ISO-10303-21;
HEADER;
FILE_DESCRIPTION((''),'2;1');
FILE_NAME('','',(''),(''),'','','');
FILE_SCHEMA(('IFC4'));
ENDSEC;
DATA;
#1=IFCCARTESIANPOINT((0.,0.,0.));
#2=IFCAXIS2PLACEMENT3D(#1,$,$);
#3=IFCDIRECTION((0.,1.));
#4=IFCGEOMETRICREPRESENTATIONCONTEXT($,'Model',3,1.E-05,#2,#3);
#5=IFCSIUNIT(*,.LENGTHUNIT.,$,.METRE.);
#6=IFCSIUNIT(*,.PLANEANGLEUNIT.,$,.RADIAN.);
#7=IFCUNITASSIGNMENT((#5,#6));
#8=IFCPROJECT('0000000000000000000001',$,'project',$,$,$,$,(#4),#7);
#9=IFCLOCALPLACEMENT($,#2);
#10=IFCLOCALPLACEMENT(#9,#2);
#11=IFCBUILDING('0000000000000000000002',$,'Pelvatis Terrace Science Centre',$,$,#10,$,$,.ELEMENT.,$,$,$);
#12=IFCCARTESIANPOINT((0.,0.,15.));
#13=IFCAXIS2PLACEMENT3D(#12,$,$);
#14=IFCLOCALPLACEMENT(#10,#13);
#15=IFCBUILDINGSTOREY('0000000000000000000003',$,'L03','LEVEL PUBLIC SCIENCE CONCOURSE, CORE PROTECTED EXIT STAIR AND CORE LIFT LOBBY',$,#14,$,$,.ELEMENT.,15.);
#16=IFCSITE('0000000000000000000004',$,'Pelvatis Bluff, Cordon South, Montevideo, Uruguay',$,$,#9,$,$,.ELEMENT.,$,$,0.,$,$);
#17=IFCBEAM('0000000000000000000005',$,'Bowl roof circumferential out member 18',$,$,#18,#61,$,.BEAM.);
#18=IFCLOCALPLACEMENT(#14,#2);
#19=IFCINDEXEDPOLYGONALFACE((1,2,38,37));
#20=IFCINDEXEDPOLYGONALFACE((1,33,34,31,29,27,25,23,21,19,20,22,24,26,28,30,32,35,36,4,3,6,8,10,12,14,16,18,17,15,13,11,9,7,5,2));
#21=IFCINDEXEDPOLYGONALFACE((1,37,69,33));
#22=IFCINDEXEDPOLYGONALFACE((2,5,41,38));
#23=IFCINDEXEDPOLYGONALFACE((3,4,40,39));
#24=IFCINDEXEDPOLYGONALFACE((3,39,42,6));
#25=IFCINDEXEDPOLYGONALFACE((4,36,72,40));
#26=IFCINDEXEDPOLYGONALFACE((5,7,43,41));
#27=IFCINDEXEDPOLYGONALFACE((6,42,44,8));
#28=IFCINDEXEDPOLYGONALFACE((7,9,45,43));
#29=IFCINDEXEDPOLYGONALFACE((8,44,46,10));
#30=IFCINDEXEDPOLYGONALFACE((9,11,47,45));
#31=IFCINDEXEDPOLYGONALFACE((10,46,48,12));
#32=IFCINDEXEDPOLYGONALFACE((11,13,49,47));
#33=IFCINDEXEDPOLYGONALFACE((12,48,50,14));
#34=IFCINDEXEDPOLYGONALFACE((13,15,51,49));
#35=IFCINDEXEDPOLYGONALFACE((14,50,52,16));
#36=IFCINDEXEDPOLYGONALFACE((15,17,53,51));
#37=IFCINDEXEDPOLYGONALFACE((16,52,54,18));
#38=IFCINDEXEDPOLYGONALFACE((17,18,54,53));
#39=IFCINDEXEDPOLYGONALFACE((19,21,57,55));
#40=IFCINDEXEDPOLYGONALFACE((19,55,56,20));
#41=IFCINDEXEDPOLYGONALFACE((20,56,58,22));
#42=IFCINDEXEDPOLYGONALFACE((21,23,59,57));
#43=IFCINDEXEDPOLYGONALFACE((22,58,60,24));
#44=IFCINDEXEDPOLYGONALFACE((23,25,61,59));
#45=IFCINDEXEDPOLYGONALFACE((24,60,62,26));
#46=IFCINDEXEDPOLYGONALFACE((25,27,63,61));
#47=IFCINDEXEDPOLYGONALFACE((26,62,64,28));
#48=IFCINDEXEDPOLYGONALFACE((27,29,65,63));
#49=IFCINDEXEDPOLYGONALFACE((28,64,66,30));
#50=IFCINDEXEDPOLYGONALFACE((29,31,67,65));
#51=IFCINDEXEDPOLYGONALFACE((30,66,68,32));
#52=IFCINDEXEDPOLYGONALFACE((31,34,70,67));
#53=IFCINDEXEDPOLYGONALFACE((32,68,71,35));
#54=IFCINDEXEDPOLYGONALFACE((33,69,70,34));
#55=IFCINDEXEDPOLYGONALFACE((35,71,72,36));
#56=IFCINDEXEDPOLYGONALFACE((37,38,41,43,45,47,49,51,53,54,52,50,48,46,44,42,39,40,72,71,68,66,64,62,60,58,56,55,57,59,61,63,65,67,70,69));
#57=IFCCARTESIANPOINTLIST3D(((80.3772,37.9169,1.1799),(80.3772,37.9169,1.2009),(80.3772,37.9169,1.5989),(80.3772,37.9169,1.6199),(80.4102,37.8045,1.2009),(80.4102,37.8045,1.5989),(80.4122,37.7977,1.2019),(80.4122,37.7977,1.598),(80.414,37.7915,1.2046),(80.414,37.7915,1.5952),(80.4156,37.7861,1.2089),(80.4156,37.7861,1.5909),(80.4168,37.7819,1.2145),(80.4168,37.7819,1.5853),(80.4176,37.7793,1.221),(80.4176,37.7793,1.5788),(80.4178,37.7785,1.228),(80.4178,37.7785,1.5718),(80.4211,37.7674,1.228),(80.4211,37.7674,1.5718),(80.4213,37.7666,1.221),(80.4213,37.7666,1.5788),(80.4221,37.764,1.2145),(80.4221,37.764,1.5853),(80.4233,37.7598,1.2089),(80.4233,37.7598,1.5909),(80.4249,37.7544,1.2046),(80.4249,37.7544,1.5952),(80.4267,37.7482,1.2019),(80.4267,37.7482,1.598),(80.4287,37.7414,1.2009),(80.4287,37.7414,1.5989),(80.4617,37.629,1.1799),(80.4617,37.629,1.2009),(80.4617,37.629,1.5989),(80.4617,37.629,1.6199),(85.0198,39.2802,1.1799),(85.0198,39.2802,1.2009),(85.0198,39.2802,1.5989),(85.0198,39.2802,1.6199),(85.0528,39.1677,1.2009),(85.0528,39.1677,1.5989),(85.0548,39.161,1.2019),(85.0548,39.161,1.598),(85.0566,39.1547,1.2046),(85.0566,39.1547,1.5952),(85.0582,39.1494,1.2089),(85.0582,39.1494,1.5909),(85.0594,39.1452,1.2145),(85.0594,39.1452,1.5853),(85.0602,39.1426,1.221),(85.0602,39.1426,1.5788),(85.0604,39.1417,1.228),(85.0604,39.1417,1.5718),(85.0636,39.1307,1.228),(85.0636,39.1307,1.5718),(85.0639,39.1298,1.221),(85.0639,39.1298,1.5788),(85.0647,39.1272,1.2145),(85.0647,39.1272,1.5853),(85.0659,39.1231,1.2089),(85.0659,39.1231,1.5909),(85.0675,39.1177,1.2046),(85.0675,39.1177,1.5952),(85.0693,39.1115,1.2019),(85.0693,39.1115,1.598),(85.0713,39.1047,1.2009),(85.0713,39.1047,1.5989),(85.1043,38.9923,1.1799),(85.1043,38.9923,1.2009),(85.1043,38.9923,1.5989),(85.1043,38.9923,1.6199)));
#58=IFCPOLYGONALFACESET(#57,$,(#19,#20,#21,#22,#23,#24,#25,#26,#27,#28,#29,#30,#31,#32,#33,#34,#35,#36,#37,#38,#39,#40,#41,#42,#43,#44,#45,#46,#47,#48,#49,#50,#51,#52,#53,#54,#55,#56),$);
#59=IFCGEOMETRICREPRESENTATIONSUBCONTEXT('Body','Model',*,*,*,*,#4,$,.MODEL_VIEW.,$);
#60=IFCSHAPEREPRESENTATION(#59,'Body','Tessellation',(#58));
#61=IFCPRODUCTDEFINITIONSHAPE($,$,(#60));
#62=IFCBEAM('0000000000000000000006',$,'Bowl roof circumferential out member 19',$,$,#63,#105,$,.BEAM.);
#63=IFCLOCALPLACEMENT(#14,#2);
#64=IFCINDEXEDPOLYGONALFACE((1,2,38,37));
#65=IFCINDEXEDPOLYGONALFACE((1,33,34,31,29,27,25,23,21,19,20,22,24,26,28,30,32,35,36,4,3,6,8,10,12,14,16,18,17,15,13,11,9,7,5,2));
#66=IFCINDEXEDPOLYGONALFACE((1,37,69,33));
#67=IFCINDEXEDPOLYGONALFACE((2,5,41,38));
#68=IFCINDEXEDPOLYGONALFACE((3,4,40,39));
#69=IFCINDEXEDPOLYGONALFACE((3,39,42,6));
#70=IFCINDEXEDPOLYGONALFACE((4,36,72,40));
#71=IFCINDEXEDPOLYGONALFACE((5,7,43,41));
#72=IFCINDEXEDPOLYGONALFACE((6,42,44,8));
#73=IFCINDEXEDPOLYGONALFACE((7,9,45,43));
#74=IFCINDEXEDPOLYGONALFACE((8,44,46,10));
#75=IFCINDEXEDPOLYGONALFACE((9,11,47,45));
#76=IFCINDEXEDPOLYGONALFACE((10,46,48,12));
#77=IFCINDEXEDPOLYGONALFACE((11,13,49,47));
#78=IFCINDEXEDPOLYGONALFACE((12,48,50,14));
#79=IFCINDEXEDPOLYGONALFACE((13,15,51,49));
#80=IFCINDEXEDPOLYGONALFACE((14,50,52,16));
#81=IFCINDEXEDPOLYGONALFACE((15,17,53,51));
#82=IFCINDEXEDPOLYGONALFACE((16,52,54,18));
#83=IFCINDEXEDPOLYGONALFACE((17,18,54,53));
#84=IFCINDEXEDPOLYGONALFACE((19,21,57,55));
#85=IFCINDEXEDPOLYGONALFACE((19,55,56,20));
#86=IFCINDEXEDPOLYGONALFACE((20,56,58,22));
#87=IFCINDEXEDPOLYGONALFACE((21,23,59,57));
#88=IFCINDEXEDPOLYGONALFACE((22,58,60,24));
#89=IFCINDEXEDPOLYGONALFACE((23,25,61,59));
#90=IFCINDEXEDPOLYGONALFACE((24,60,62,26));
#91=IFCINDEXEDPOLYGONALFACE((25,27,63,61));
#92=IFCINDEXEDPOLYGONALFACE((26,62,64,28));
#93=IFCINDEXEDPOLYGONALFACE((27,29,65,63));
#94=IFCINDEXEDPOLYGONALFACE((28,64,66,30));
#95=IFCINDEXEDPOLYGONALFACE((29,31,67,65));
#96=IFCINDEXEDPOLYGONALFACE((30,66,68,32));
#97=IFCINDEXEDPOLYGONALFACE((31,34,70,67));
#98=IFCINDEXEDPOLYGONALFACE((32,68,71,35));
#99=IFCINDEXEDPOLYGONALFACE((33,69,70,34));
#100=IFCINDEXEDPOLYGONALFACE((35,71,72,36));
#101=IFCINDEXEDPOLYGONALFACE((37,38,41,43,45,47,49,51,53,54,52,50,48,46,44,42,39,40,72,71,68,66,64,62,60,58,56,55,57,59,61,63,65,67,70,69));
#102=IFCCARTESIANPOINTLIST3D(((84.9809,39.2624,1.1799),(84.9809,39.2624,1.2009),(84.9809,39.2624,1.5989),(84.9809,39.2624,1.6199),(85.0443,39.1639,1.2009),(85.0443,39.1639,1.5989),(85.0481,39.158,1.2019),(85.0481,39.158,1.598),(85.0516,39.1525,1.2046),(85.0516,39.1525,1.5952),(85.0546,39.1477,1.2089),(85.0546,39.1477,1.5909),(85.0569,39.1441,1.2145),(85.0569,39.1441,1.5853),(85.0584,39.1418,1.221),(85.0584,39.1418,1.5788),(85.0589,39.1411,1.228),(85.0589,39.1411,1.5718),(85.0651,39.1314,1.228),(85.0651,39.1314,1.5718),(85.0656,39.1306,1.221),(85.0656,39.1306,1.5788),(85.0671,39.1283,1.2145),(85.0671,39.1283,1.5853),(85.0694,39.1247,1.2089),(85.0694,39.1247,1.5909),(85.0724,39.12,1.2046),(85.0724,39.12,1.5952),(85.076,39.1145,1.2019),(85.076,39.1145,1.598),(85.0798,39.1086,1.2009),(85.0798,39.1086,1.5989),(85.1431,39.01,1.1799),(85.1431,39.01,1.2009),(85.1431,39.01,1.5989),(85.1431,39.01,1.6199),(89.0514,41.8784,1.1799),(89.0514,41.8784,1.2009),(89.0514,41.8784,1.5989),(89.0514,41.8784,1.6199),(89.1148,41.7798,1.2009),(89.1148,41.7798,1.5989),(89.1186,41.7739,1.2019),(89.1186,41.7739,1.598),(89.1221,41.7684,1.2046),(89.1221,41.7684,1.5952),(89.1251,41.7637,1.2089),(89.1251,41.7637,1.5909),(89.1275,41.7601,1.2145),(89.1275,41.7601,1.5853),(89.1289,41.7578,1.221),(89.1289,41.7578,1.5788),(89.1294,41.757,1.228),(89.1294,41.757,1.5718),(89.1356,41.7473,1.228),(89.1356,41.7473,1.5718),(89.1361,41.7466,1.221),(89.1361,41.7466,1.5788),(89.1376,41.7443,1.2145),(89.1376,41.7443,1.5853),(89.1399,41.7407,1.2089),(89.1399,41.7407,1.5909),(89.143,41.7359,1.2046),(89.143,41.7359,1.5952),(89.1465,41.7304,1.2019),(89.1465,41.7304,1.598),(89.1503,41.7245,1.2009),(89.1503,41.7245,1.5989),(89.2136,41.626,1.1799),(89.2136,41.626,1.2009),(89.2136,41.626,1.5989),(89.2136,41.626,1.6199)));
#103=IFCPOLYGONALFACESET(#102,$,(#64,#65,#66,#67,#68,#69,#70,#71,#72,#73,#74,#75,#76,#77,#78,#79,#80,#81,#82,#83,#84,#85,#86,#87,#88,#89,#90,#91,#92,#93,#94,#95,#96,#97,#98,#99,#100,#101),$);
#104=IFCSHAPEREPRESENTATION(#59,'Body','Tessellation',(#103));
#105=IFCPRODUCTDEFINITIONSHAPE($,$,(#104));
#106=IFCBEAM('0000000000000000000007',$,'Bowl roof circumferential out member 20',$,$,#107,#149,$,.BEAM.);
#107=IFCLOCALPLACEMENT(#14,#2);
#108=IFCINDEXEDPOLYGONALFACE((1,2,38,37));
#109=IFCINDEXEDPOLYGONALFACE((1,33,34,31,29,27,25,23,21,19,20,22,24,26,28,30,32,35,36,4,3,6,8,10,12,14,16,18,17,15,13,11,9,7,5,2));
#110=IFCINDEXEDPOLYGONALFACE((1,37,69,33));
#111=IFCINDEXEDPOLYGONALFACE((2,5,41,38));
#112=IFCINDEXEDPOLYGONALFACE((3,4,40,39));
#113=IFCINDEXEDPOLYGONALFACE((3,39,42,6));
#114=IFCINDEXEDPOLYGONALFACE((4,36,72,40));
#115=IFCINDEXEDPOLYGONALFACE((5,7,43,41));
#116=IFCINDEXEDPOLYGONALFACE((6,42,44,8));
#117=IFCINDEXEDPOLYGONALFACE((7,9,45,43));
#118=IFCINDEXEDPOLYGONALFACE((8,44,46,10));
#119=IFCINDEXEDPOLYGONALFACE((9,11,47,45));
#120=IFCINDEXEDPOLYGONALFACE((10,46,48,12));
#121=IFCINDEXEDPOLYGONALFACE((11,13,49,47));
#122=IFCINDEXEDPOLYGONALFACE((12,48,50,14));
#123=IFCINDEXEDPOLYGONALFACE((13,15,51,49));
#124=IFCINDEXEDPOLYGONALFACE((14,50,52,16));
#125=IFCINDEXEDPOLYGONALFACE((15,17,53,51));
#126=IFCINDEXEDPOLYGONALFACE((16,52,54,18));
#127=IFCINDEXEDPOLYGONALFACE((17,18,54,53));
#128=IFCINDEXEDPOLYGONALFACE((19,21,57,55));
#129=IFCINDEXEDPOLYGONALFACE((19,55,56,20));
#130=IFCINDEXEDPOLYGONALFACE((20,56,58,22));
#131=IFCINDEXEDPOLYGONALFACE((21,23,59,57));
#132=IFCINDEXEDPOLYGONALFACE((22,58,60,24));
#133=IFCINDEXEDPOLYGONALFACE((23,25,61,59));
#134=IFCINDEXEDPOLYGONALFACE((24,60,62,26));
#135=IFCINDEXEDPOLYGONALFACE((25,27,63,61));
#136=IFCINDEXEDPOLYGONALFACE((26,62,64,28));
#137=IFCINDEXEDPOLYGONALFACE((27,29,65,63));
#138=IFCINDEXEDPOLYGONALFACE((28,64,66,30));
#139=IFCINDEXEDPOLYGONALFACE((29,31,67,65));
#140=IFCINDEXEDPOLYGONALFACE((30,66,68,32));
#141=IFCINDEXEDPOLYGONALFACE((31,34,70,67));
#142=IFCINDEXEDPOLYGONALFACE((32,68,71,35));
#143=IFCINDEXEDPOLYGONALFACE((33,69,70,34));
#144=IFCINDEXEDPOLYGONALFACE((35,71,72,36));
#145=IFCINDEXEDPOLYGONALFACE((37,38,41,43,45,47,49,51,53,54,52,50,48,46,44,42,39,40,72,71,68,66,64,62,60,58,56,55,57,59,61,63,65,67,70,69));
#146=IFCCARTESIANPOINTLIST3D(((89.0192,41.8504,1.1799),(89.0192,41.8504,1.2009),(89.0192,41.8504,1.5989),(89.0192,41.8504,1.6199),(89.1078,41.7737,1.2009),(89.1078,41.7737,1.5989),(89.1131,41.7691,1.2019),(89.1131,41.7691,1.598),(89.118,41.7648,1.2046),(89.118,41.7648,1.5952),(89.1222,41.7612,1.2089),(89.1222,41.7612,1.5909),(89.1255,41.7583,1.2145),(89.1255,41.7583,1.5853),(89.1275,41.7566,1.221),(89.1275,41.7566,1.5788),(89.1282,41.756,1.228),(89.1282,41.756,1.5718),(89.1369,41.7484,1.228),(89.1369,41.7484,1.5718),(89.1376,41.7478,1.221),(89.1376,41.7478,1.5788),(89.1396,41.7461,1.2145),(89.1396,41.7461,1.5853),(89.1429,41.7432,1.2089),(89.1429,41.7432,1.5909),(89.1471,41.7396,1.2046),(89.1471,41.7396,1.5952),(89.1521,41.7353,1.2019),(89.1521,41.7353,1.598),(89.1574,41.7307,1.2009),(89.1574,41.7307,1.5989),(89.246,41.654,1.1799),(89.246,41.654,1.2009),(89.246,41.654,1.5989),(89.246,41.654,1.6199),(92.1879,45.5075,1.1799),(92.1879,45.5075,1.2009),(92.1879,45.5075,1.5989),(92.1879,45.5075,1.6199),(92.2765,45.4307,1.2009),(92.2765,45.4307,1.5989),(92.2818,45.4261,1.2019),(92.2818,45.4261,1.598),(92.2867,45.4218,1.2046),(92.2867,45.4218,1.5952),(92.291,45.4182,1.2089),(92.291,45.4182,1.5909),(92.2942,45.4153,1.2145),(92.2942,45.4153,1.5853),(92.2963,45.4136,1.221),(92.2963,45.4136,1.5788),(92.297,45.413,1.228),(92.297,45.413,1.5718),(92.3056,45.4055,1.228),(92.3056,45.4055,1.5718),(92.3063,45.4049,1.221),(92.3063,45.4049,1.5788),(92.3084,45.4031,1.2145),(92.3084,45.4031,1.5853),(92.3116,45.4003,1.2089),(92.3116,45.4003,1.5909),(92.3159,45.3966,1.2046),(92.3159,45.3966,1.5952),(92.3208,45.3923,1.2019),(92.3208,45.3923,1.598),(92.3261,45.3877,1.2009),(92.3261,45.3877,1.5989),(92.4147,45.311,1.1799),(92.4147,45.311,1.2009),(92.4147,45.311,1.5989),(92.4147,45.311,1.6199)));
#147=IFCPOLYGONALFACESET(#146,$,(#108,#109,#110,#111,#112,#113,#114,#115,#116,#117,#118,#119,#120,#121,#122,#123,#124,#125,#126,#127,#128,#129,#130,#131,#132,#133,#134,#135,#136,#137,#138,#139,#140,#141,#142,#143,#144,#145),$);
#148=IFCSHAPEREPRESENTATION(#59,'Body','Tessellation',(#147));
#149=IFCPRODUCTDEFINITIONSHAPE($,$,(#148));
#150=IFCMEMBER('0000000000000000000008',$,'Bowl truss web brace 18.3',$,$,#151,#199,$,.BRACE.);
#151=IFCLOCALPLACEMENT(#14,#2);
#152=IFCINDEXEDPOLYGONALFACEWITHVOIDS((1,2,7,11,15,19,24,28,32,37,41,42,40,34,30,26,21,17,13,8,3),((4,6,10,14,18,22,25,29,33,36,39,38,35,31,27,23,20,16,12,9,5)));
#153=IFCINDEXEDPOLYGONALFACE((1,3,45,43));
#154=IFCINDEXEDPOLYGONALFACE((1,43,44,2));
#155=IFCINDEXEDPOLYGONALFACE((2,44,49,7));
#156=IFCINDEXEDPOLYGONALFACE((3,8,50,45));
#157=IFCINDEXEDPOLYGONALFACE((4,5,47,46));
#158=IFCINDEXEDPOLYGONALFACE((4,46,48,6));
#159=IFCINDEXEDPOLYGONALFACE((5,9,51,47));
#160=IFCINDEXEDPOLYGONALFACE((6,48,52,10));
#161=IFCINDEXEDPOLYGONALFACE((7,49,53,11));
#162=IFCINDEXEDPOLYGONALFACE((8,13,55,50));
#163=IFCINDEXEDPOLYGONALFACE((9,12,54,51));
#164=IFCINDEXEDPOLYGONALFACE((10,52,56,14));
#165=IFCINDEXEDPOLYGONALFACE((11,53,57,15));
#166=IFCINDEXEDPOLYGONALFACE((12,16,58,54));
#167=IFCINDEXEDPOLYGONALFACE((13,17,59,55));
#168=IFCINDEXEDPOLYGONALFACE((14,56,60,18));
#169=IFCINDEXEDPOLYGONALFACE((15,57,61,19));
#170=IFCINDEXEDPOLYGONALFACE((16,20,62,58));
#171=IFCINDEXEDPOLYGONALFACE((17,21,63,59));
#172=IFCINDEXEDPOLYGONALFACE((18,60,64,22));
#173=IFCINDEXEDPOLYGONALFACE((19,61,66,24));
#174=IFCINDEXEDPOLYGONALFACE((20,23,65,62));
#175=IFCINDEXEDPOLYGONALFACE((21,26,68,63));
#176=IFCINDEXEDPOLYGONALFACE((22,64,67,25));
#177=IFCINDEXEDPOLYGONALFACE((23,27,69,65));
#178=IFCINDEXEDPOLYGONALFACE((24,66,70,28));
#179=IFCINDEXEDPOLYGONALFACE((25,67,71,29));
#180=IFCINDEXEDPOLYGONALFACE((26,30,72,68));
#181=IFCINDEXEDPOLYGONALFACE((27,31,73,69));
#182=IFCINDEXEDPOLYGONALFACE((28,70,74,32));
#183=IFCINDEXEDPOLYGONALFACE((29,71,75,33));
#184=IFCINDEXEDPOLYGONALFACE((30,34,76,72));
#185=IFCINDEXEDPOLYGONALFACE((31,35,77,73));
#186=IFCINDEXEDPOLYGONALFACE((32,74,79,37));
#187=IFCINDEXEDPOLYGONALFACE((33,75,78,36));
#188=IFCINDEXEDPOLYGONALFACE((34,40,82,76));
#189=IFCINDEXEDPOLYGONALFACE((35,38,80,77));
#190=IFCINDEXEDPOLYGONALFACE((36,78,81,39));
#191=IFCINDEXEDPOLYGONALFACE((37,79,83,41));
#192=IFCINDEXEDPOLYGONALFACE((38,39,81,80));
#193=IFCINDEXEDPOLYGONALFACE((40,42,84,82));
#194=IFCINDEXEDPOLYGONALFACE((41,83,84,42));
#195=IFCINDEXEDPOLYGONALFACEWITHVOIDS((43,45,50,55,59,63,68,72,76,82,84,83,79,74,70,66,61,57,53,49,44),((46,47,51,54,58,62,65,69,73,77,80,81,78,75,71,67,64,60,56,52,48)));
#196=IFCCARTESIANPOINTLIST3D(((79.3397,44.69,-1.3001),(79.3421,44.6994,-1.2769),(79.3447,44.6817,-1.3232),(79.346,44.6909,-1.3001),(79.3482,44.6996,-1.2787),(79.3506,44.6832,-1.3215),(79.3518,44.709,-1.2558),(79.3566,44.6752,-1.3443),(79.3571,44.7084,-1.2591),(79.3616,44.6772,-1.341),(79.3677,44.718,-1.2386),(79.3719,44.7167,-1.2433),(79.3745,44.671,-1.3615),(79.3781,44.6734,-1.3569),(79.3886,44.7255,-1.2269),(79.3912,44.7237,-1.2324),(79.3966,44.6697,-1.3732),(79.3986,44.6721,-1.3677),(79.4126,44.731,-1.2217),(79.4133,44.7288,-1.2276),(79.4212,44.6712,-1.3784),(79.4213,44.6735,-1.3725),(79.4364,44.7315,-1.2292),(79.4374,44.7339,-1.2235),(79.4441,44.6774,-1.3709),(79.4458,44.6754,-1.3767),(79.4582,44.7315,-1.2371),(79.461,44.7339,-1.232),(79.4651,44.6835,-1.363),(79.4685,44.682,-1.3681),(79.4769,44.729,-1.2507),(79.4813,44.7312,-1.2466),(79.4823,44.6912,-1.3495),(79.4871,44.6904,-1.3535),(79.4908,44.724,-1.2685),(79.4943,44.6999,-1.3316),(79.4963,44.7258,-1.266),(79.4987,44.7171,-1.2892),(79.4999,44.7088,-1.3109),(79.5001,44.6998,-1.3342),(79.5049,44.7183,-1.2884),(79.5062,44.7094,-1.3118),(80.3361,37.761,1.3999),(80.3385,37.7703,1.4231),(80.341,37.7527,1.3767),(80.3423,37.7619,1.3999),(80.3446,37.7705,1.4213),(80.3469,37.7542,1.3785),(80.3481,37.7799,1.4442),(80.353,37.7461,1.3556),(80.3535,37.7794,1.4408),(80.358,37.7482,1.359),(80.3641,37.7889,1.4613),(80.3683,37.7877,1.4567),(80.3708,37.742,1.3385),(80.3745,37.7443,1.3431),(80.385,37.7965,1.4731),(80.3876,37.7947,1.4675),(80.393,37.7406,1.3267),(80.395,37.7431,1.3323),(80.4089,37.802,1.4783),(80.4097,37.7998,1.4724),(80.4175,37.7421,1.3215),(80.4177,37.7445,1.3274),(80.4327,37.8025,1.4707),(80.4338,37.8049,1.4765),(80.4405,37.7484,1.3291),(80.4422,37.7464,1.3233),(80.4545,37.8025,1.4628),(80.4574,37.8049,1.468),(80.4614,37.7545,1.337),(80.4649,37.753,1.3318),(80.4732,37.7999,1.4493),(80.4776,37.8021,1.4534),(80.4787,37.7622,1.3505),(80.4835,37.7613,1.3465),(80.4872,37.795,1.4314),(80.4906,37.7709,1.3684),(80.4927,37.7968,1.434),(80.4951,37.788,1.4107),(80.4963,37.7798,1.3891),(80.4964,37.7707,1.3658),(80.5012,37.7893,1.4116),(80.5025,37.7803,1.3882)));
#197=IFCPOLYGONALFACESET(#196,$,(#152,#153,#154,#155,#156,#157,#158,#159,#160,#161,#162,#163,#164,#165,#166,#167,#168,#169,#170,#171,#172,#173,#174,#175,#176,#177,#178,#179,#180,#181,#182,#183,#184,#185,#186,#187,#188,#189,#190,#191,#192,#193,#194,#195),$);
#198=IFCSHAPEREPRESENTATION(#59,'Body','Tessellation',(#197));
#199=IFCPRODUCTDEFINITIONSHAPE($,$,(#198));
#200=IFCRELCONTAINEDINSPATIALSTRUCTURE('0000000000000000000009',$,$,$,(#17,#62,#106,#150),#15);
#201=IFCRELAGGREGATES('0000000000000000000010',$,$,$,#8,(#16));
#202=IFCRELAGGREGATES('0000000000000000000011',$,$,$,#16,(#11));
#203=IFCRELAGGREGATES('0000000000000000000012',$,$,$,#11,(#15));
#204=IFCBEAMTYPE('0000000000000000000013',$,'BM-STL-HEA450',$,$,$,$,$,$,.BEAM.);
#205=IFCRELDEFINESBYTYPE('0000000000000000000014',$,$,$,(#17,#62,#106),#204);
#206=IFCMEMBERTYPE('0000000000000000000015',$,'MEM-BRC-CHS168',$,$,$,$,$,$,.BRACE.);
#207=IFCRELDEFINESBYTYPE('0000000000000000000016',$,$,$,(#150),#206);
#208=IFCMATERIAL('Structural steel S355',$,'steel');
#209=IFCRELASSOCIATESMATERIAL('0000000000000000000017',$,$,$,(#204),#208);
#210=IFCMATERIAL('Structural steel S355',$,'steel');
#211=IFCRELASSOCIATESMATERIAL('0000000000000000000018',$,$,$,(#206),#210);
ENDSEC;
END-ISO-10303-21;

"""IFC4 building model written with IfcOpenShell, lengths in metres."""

from ifc_helpers import new_model, si_unit, direction, frame, origin, origin_2d, place, context, subcontext, project, spatial, hollow_circle, i_section, extrude, material, material_profile, profile_set, type_object, element, save


model = new_model("IFC4")

# Units and contexts
model_context = context("Model", 3, precision=1e-05, world=origin(), true_north=direction((0.0, 1.0)))
body_context = subcontext(model_context, "Body", "Model", "MODEL_VIEW")
ifc_project = project(units=[si_unit("LENGTHUNIT", "METRE"), si_unit("PLANEANGLEUNIT", "RADIAN")], contexts=[model_context])

# Site, building, storey
site_placement = place(None, origin())
site = spatial("IfcSite", under=ifc_project, at=site_placement, Name="Pelvatis Bluff, Cordon South, Montevideo, Uruguay", CompositionType="ELEMENT", RefElevation=0.0)
building_placement = place(site_placement, origin())
building = spatial("IfcBuilding", under=site, at=building_placement, Name="Pelvatis Terrace Science Centre", CompositionType="ELEMENT")
storey_placement = place(building_placement, frame((0.0, 0.0, 15.0)))
storey = spatial("IfcBuildingStorey", under=building, at=storey_placement, Name="L03", Description="LEVEL PUBLIC SCIENCE CONCOURSE, CORE PROTECTED EXIT STAIR AND CORE LIFT LOBBY", CompositionType="ELEMENT", Elevation=15.0)

# Beams
ifc_material_1 = material(Name="Structural steel S355", Category="steel")
ifc_material_profile_1 = material_profile(ifc_material_1, i_section(OverallWidth=0.3, OverallDepth=0.4399, WebThickness=0.0115, FlangeThickness=0.021, FilletRadius=0.0271, at=origin_2d()), Name="HEA 450")
ifc_profile_set_1 = profile_set([ifc_material_profile_1], Name="Structural steel S355")
beam_type = type_object("IfcBeamType", Name="BM-STL-HEA450", PredefinedType="BEAM", material=ifc_profile_set_1)
for number, where, z_axis, x_axis, name in (
    (1, (80.4194, 37.7729, 1.3999), (0.959488, 0.281751, 0.0), (-0.281751, 0.959488, 0.0), "Bowl roof circumferential out member 18"),
    (2, (85.062, 39.1362, 1.3999), (0.841256, 0.540638, 0.0), (-0.540638, 0.841256, 0.0), "Bowl roof circumferential out member 19"),
):
    element("IfcBeam", number, at=place(storey_placement, frame(where, z_axis=z_axis, x_axis=x_axis)), inside=storey, type_object=beam_type, Name=name, PredefinedType="BEAM", context=body_context, shape_type="SweptSolid", body=[
        extrude(i_section(OverallWidth=0.3, OverallDepth=0.4399, WebThickness=0.0115, FlangeThickness=0.021, FilletRadius=0.0271, at=origin_2d()), origin(), (0.0, 0.0, 1.0), 4.8386),
    ])
beam_placement = place(storey_placement, frame((89.1326, 41.7522, 1.3999), z_axis=(0.65485, 0.755759, 0.0), x_axis=(-0.755759, 0.65485, 0.0)))
element("IfcBeam", 3, at=beam_placement, inside=storey, type_object=beam_type, Name="Bowl roof circumferential out member 20", PredefinedType="BEAM", context=body_context, shape_type="SweptSolid", body=[
    extrude(i_section(OverallWidth=0.3, OverallDepth=0.4399, WebThickness=0.0115, FlangeThickness=0.021, FilletRadius=0.0271, at=origin_2d()), origin(), (0.0, 0.0, 1.0), 4.8389),
])

# Member
ifc_material_2 = material(Name="Structural steel S355", Category="steel")
ifc_material_profile_2 = material_profile(ifc_material_2, hollow_circle(Radius=0.0842, WallThickness=0.0063, at=origin_2d()), Name="CHS 168.3x6.3")
ifc_profile_set_2 = profile_set([ifc_material_profile_2], Name="Structural steel S355")
member_type_1 = type_object("IfcMemberType", Name="MEM-BRC-CHS168", PredefinedType="BRACE", material=ifc_profile_set_2)
member_1_placement = place(storey_placement, frame((80.4194, 37.7729, 1.3999), z_axis=(-0.132794, 0.923509, -0.359856), x_axis=(-0.989819, -0.142329, 0.0)))
element("IfcMember", 4, at=member_1_placement, inside=storey, type_object=member_type_1, Name="Bowl truss web brace 18.3", PredefinedType="BRACE", context=body_context, shape_type="SweptSolid", body=[
    extrude(hollow_circle(Radius=0.0842, WallThickness=0.0063, at=origin_2d()), origin(), (0.0, 0.0, 1.0), 7.5029),
])

save(model, "model.ifc")
